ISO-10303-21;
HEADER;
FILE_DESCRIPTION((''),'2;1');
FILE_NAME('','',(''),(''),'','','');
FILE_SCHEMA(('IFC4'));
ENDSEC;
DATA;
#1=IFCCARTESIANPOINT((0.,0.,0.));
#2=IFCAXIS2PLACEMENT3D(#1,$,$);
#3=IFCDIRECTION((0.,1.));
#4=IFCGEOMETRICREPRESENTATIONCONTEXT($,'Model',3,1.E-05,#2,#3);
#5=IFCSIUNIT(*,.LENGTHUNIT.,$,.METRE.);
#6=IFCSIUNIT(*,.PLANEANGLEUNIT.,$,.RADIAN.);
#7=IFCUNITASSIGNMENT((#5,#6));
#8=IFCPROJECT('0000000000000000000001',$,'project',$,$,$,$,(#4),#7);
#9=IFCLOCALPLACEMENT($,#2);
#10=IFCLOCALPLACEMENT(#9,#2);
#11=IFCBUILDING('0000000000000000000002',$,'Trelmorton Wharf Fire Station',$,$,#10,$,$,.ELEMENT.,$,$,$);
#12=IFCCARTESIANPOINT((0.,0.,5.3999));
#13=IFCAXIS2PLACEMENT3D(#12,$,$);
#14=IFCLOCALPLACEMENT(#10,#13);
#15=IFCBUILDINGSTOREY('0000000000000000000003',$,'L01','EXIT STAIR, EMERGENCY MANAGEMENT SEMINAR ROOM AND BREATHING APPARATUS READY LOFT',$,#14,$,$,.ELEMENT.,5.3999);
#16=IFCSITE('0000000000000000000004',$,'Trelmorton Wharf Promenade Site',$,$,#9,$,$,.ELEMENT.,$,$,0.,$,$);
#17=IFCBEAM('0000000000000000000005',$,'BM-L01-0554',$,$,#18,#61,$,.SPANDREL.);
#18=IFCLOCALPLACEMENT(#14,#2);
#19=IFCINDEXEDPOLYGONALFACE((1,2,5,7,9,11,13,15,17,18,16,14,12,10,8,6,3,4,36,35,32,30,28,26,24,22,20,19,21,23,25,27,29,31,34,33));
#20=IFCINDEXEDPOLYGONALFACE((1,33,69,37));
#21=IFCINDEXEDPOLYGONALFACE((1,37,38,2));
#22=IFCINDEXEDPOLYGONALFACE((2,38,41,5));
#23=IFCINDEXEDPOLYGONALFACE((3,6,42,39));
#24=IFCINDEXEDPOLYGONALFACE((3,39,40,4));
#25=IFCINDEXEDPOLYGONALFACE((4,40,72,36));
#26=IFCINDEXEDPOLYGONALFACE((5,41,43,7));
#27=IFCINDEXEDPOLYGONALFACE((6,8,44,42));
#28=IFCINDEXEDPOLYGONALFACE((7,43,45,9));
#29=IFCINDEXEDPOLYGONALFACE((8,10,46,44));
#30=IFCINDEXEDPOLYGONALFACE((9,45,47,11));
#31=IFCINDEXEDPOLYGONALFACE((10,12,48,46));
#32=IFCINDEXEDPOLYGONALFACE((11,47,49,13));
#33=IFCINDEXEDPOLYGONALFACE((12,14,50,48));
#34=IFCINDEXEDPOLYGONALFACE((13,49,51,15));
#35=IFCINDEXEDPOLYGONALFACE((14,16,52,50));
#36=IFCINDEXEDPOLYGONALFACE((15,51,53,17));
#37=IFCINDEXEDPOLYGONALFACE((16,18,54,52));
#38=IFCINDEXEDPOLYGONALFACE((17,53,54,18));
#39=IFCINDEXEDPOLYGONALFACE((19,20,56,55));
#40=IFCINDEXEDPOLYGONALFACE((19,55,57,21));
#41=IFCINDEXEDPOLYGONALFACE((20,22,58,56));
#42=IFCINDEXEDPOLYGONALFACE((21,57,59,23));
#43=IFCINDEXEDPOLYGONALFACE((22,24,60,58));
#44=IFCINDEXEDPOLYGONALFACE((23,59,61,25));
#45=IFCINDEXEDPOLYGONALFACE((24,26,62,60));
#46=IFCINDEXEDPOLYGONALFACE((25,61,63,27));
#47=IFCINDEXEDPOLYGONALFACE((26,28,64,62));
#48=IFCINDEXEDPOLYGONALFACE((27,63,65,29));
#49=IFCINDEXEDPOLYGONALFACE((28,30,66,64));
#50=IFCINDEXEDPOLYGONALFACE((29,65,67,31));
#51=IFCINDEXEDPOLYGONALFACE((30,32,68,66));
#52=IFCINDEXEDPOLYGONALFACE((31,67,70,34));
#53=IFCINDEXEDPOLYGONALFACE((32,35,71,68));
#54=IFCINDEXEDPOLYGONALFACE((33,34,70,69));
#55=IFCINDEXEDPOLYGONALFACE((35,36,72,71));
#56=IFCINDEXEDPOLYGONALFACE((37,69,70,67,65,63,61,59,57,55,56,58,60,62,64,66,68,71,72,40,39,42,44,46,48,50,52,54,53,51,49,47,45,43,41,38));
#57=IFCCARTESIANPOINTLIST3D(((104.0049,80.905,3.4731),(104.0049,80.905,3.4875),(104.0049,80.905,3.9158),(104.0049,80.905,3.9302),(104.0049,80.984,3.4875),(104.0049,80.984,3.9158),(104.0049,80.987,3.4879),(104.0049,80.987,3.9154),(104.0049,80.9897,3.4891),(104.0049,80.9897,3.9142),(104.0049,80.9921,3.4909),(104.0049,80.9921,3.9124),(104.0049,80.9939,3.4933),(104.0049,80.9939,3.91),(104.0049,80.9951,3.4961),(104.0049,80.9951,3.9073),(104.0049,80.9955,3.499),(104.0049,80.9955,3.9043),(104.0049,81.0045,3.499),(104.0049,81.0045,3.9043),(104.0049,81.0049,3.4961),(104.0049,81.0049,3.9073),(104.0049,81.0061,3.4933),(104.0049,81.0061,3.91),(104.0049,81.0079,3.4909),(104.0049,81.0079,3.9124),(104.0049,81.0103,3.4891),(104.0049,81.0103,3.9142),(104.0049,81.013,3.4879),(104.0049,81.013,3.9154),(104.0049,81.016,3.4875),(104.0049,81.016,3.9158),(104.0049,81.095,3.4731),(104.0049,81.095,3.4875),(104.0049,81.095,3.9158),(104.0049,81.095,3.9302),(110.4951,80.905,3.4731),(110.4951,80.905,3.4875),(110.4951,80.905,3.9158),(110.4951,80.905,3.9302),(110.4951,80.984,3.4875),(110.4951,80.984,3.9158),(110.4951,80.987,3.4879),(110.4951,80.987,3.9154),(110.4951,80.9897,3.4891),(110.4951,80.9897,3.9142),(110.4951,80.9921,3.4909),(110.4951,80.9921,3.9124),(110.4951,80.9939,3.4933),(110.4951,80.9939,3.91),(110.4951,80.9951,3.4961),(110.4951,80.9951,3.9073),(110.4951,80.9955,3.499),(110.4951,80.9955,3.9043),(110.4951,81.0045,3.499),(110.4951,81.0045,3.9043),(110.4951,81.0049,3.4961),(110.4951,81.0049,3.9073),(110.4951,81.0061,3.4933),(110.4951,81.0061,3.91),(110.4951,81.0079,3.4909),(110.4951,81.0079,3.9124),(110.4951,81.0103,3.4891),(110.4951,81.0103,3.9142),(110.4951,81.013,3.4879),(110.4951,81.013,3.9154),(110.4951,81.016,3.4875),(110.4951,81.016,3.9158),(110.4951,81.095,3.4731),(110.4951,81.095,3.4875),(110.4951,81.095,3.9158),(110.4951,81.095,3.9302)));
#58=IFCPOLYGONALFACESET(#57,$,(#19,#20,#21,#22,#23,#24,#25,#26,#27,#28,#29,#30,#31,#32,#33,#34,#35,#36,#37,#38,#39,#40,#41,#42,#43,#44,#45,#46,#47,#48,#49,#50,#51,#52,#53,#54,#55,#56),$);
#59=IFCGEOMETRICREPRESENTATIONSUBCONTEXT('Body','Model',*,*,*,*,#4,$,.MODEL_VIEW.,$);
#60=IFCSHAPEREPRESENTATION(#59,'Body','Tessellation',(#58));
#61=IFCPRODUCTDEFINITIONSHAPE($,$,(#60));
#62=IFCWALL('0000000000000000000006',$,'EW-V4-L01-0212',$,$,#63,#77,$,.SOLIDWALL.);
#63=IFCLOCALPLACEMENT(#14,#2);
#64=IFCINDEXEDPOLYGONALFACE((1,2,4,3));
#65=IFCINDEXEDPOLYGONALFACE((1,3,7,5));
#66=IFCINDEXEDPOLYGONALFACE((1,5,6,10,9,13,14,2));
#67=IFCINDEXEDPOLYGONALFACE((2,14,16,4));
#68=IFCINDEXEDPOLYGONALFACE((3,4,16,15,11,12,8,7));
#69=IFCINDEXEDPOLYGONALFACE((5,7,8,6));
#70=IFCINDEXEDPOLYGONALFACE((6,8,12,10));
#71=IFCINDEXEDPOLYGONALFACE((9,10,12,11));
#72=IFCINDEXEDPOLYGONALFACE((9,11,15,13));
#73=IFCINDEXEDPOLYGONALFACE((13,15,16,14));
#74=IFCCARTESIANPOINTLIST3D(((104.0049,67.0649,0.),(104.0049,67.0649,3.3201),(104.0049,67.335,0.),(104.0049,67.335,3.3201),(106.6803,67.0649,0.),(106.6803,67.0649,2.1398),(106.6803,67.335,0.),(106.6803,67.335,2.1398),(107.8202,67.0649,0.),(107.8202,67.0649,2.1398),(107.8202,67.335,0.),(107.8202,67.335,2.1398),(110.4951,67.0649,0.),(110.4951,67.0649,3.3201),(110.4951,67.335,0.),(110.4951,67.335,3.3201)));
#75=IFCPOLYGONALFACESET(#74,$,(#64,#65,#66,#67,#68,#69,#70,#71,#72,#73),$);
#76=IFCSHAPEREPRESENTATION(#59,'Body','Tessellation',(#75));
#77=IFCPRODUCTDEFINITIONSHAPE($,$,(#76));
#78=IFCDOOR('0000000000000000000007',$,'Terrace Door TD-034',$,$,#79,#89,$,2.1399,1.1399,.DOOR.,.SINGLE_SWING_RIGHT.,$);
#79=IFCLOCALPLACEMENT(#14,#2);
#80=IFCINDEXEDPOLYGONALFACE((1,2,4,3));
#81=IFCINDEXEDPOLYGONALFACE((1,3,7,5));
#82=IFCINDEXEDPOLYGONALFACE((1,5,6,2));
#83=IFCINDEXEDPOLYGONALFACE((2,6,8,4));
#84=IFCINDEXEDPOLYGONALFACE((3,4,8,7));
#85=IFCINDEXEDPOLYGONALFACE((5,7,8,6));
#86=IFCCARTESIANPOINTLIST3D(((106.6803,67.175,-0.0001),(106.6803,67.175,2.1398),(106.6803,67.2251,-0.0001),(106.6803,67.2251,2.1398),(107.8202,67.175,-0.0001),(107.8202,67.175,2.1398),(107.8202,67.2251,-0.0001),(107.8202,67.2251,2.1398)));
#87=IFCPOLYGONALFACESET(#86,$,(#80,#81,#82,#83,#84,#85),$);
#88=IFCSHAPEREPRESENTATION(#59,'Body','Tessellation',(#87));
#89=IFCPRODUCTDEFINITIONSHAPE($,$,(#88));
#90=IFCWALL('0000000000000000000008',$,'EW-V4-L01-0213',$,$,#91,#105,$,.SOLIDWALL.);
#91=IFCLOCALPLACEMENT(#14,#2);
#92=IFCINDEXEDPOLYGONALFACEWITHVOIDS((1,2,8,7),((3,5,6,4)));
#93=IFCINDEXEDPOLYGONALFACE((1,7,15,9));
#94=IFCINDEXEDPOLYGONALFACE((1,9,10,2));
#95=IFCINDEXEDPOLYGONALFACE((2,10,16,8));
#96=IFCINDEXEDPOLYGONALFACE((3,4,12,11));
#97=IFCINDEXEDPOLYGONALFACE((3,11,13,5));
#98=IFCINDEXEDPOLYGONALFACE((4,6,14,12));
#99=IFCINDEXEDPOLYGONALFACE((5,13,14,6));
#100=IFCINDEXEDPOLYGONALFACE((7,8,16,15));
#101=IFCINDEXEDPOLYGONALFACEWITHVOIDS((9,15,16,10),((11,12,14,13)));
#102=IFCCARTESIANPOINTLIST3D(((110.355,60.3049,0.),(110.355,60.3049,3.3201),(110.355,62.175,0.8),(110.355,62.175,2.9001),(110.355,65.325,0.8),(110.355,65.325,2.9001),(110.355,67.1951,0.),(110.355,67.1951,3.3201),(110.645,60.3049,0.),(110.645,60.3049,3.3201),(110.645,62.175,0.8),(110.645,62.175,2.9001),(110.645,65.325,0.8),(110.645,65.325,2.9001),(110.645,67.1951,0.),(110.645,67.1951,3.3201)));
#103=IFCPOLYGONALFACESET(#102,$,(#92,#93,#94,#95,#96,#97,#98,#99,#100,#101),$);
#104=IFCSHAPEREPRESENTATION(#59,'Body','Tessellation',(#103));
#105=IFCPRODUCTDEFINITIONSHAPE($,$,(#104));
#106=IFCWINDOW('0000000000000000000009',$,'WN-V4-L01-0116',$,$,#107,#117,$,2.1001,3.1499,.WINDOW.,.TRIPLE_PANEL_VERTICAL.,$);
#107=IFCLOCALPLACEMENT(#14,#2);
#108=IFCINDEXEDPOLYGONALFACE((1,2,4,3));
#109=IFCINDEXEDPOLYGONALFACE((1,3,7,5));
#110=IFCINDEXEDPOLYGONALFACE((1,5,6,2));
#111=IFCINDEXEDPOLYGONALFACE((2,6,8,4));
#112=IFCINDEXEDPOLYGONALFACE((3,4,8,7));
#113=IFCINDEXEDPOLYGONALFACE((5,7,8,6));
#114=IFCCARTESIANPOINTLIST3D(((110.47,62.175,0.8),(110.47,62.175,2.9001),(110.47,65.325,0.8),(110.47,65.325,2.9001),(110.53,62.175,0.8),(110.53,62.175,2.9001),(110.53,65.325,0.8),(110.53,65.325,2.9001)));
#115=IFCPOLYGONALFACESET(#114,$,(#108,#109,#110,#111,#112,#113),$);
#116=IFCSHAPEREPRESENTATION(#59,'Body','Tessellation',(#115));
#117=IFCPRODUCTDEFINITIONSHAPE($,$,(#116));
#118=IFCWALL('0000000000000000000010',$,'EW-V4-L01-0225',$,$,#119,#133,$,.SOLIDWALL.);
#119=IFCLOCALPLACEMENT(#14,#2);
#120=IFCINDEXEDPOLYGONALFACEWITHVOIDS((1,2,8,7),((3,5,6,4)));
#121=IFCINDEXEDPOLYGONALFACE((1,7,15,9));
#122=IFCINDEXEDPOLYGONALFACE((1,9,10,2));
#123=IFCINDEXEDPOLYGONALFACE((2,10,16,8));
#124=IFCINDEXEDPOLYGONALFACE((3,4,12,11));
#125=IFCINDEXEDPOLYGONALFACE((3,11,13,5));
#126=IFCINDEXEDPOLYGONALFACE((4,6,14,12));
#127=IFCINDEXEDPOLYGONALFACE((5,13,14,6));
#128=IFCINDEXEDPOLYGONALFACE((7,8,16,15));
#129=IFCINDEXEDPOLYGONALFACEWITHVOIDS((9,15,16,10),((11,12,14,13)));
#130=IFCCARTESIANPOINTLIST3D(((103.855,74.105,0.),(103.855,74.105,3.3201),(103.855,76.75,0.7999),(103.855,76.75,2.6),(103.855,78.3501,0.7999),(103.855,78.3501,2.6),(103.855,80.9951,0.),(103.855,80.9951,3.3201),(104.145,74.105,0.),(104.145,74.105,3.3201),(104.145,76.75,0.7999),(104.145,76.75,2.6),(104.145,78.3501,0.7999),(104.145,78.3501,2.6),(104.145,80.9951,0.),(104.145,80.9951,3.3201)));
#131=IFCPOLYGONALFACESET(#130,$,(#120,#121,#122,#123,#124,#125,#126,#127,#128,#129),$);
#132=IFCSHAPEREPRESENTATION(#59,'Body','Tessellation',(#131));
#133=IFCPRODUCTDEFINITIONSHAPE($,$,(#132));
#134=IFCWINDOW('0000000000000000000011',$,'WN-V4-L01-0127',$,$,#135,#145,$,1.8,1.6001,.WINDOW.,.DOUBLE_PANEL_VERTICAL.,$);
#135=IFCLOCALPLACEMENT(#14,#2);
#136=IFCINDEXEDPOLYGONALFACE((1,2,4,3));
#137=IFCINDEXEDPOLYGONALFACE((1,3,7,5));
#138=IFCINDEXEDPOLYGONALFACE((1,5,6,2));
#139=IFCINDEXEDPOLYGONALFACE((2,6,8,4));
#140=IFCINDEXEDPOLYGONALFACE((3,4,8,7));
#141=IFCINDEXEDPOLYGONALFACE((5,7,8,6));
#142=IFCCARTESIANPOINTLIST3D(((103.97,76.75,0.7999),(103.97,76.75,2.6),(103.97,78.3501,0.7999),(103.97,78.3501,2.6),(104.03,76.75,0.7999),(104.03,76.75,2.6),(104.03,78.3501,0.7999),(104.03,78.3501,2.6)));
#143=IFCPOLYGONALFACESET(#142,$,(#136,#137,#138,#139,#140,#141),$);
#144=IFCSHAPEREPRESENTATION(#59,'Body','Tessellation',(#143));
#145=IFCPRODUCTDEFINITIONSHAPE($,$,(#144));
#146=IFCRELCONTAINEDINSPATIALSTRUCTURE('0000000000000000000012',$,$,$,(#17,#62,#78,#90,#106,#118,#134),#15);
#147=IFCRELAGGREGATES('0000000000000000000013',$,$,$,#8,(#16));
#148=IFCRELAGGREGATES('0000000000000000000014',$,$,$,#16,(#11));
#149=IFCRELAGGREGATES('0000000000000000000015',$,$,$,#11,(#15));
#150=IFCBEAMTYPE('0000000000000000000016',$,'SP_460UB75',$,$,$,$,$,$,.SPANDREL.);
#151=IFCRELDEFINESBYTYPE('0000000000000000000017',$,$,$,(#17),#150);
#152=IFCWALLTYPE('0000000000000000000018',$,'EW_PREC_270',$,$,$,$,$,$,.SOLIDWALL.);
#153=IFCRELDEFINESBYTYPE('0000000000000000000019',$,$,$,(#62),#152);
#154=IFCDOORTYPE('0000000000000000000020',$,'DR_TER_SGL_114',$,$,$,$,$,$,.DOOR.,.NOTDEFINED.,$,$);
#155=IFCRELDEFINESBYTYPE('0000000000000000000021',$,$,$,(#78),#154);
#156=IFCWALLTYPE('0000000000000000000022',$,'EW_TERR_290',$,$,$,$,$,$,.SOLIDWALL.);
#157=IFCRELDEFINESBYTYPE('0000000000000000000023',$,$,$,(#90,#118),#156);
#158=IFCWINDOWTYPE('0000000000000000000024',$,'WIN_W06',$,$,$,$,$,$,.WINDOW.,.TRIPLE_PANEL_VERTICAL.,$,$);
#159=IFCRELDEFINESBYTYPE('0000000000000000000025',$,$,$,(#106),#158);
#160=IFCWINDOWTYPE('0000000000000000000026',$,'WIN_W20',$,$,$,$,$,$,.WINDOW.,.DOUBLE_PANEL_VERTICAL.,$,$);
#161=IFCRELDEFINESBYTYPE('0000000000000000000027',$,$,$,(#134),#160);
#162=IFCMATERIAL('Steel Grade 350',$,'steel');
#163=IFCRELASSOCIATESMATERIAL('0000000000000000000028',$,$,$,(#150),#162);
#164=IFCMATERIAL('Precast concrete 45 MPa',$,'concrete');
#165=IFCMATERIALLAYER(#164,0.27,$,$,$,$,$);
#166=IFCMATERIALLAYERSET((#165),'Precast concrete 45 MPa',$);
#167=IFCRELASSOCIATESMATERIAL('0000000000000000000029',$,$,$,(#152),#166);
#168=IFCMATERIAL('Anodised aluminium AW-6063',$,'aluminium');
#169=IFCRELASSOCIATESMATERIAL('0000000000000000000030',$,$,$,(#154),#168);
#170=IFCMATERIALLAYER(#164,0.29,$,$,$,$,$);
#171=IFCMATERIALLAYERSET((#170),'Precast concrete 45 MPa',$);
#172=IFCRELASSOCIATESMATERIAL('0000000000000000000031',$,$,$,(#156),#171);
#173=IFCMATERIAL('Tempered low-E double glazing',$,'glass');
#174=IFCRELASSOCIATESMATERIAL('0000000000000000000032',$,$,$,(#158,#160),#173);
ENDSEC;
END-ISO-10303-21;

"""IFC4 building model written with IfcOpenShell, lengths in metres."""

from ifc_helpers import new_model, si_unit, direction, frame, frame_2d, origin, origin_2d, place, context, subcontext, project, spatial, rectangle, i_section, extrude, material, layer, layer_set, material_profile, profile_set, type_object, element, fill, save


model = new_model("IFC4")

# Units and contexts
model_context = context("Model", 3, precision=1e-05, world=origin(), true_north=direction((0.0, 1.0)))
body_context = subcontext(model_context, "Body", "Model", "MODEL_VIEW")
ifc_project = project(units=[si_unit("LENGTHUNIT", "METRE"), si_unit("PLANEANGLEUNIT", "RADIAN")], contexts=[model_context])

# Site, building, storey
site_placement = place(None, origin())
site = spatial("IfcSite", under=ifc_project, at=site_placement, Name="Trelmorton Wharf Promenade Site", CompositionType="ELEMENT", RefElevation=0.0)
building_placement = place(site_placement, origin())
building = spatial("IfcBuilding", under=site, at=building_placement, Name="Trelmorton Wharf Fire Station", CompositionType="ELEMENT")
storey_placement = place(building_placement, frame((0.0, 0.0, 5.3999)))
storey = spatial("IfcBuildingStorey", under=building, at=storey_placement, Name="L01", Description="EXIT STAIR, EMERGENCY MANAGEMENT SEMINAR ROOM AND BREATHING APPARATUS READY LOFT", CompositionType="ELEMENT", Elevation=5.3999)

# Shared definitions
ifc_material_1 = material(Name="Steel Grade 350", Category="steel")

# Beam
ifc_material_profile_1 = material_profile(ifc_material_1, i_section(OverallWidth=0.1899, OverallDepth=0.457, WebThickness=0.009, FlangeThickness=0.0144, FilletRadius=0.0115, at=origin_2d()), Name="460UB74.6")
ifc_profile_set_1 = profile_set([ifc_material_profile_1], Name="Steel Grade 350")
beam_type_1 = type_object("IfcBeamType", Name="SP_460UB75", PredefinedType="SPANDREL", material=ifc_profile_set_1)
for number, where, z_axis, x_axis, name in (
    (1, (104.0049, 81.0, 3.7017), (1.0, 0.0, 0.0), (0.0, 1.0, 0.0), "BM-L01-0554"),
):
    element("IfcBeam", number, at=place(storey_placement, frame(where, z_axis=z_axis, x_axis=x_axis)), inside=storey, type_object=beam_type_1, Name=name, PredefinedType="SPANDREL", context=body_context, shape_type="SweptSolid", body=[
        extrude(i_section(OverallWidth=0.1899, OverallDepth=0.457, WebThickness=0.009, FlangeThickness=0.0144, FilletRadius=0.0115, at=origin_2d()), origin(), (0.0, 0.0, 1.0), 6.4902),
    ])

# Wall, opening, door
ifc_material_2 = material(Name="Precast concrete 45 MPa", Category="concrete")
ifc_layer_1 = layer(ifc_material_2, 0.27)
ifc_layer_set_1 = layer_set([ifc_layer_1], Name="Precast concrete 45 MPa")
wall_type_1 = type_object("IfcWallType", Name="EW_PREC_270", PredefinedType="SOLIDWALL", material=ifc_layer_set_1)
wall_1_placement = place(storey_placement, frame((110.4951, 67.2, 0.0), z_axis=(0.0, 0.0, 1.0), x_axis=(-1.0, 0.0, 0.0)))
wall_1 = element("IfcWall", 2, at=wall_1_placement, inside=storey, type_object=wall_type_1, Name="EW-V4-L01-0212", PredefinedType="SOLIDWALL", context=body_context, shape_type="SweptSolid", body=[
    extrude(rectangle(XDim=6.4902, YDim=0.27, at=frame_2d((3.2451, 0.0))), origin(), (0.0, 0.0, 1.0), 3.3201),
])
opening_1_placement = place(wall_1_placement, frame((2.675, 0.0, 0.0)))
opening_1 = element("IfcOpeningElement", 3, at=opening_1_placement, cuts=wall_1, PredefinedType="OPENING", context=body_context, shape_type="SweptSolid", body=[
    extrude(rectangle(XDim=1.1399, YDim=2.1399, at=frame_2d((0.5698, 1.0698))), frame((0.0, 0.145, 0.0), z_axis=(0.0, -1.0, 0.0), x_axis=(1.0, 0.0, 0.0)), (0.0, 0.0, 1.0), 0.29),
])
ifc_material_3 = material(Name="Anodised aluminium AW-6063", Category="aluminium")
door_type_1 = type_object("IfcDoorType", Name="DR_TER_SGL_114", OperationType="NOTDEFINED", PredefinedType="DOOR", material=ifc_material_3)
door_1_placement = place(opening_1_placement, origin())
door_1 = element("IfcDoor", 4, at=door_1_placement, inside=storey, type_object=door_type_1, Name="Terrace Door TD-034", OperationType="SINGLE_SWING_RIGHT", OverallHeight=2.1399, OverallWidth=1.1399, PredefinedType="DOOR", context=body_context, shape_type="SweptSolid", body=[
    extrude(rectangle(XDim=1.1399, YDim=2.1399, at=frame_2d((0.5698, 1.0698))), frame((0.0, 0.0249, 0.0), z_axis=(0.0, -1.0, 0.0), x_axis=(1.0, 0.0, 0.0)), (0.0, 0.0, 1.0), 0.05),
])
fill(opening_1, door_1)

# Walls, openings, windows
ifc_layer_2 = layer(ifc_material_2, 0.29)
ifc_layer_set_2 = layer_set([ifc_layer_2], Name="Precast concrete 45 MPa")
wall_type_2 = type_object("IfcWallType", Name="EW_TERR_290", PredefinedType="SOLIDWALL", material=ifc_layer_set_2)
wall_2_placement = place(storey_placement, frame((110.5, 60.3049, 0.0), z_axis=(0.0, 0.0, 1.0), x_axis=(0.0, 1.0, 0.0)))
wall_2 = element("IfcWall", 5, at=wall_2_placement, inside=storey, type_object=wall_type_2, Name="EW-V4-L01-0213", PredefinedType="SOLIDWALL", context=body_context, shape_type="SweptSolid", body=[
    extrude(rectangle(XDim=6.8901, YDim=0.29, at=frame_2d((3.4451, 0.0))), origin(), (0.0, 0.0, 1.0), 3.3201),
])
opening_2_placement = place(wall_2_placement, frame((1.8701, 0.0, 0.8)))
opening_2 = element("IfcOpeningElement", 6, at=opening_2_placement, cuts=wall_2, PredefinedType="OPENING", context=body_context, shape_type="SweptSolid", body=[
    extrude(rectangle(XDim=3.1499, YDim=2.1001, at=frame_2d((1.575, 1.05))), frame((0.0, 0.155, 0.0), z_axis=(0.0, -1.0, 0.0), x_axis=(1.0, 0.0, 0.0)), (0.0, 0.0, 1.0), 0.3101),
])
ifc_material_4 = material(Name="Tempered low-E double glazing", Category="glass")
window_type_1 = type_object("IfcWindowType", Name="WIN_W06", PartitioningType="TRIPLE_PANEL_VERTICAL", PredefinedType="WINDOW", material=ifc_material_4)
window_1_placement = place(opening_2_placement, origin())
window_1 = element("IfcWindow", 7, at=window_1_placement, inside=storey, type_object=window_type_1, Name="WN-V4-L01-0116", OverallHeight=2.1001, OverallWidth=3.1499, PartitioningType="TRIPLE_PANEL_VERTICAL", PredefinedType="WINDOW", context=body_context, shape_type="SweptSolid", body=[
    extrude(rectangle(XDim=3.1499, YDim=2.1001, at=frame_2d((1.575, 1.05))), frame((0.0, 0.03, 0.0), z_axis=(0.0, -1.0, 0.0), x_axis=(1.0, 0.0, 0.0)), (0.0, 0.0, 1.0), 0.0601),
])
fill(opening_2, window_1)
wall_3_placement = place(storey_placement, frame((104.0, 74.105, 0.0), z_axis=(0.0, 0.0, 1.0), x_axis=(0.0, 1.0, 0.0)))
wall_3 = element("IfcWall", 8, at=wall_3_placement, inside=storey, type_object=wall_type_2, Name="EW-V4-L01-0225", PredefinedType="SOLIDWALL", context=body_context, shape_type="SweptSolid", body=[
    extrude(rectangle(XDim=6.8901, YDim=0.29, at=frame_2d((3.4451, 0.0))), origin(), (0.0, 0.0, 1.0), 3.3201),
])
opening_3_placement = place(wall_3_placement, frame((2.645, 0.0, 0.8)))
opening_3 = element("IfcOpeningElement", 9, at=opening_3_placement, cuts=wall_3, PredefinedType="OPENING", context=body_context, shape_type="SweptSolid", body=[
    extrude(rectangle(XDim=1.6001, YDim=1.8, at=frame_2d((0.8, 0.8999))), frame((0.0, 0.155, 0.0), z_axis=(0.0, -1.0, 0.0), x_axis=(1.0, 0.0, 0.0)), (0.0, 0.0, 1.0), 0.3101),
])
window_type_2 = type_object("IfcWindowType", Name="WIN_W20", PartitioningType="DOUBLE_PANEL_VERTICAL", PredefinedType="WINDOW", material=ifc_material_4)
window_2_placement = place(opening_3_placement, origin())
window_2 = element("IfcWindow", 10, at=window_2_placement, inside=storey, type_object=window_type_2, Name="WN-V4-L01-0127", OverallHeight=1.8, OverallWidth=1.6001, PartitioningType="DOUBLE_PANEL_VERTICAL", PredefinedType="WINDOW", context=body_context, shape_type="SweptSolid", body=[
    extrude(rectangle(XDim=1.6001, YDim=1.8, at=frame_2d((0.8, 0.8999))), frame((0.0, 0.03, 0.0), z_axis=(0.0, -1.0, 0.0), x_axis=(1.0, 0.0, 0.0)), (0.0, 0.0, 1.0), 0.0601),
])
fill(opening_3, window_2)

save(model, "model.ifc")
